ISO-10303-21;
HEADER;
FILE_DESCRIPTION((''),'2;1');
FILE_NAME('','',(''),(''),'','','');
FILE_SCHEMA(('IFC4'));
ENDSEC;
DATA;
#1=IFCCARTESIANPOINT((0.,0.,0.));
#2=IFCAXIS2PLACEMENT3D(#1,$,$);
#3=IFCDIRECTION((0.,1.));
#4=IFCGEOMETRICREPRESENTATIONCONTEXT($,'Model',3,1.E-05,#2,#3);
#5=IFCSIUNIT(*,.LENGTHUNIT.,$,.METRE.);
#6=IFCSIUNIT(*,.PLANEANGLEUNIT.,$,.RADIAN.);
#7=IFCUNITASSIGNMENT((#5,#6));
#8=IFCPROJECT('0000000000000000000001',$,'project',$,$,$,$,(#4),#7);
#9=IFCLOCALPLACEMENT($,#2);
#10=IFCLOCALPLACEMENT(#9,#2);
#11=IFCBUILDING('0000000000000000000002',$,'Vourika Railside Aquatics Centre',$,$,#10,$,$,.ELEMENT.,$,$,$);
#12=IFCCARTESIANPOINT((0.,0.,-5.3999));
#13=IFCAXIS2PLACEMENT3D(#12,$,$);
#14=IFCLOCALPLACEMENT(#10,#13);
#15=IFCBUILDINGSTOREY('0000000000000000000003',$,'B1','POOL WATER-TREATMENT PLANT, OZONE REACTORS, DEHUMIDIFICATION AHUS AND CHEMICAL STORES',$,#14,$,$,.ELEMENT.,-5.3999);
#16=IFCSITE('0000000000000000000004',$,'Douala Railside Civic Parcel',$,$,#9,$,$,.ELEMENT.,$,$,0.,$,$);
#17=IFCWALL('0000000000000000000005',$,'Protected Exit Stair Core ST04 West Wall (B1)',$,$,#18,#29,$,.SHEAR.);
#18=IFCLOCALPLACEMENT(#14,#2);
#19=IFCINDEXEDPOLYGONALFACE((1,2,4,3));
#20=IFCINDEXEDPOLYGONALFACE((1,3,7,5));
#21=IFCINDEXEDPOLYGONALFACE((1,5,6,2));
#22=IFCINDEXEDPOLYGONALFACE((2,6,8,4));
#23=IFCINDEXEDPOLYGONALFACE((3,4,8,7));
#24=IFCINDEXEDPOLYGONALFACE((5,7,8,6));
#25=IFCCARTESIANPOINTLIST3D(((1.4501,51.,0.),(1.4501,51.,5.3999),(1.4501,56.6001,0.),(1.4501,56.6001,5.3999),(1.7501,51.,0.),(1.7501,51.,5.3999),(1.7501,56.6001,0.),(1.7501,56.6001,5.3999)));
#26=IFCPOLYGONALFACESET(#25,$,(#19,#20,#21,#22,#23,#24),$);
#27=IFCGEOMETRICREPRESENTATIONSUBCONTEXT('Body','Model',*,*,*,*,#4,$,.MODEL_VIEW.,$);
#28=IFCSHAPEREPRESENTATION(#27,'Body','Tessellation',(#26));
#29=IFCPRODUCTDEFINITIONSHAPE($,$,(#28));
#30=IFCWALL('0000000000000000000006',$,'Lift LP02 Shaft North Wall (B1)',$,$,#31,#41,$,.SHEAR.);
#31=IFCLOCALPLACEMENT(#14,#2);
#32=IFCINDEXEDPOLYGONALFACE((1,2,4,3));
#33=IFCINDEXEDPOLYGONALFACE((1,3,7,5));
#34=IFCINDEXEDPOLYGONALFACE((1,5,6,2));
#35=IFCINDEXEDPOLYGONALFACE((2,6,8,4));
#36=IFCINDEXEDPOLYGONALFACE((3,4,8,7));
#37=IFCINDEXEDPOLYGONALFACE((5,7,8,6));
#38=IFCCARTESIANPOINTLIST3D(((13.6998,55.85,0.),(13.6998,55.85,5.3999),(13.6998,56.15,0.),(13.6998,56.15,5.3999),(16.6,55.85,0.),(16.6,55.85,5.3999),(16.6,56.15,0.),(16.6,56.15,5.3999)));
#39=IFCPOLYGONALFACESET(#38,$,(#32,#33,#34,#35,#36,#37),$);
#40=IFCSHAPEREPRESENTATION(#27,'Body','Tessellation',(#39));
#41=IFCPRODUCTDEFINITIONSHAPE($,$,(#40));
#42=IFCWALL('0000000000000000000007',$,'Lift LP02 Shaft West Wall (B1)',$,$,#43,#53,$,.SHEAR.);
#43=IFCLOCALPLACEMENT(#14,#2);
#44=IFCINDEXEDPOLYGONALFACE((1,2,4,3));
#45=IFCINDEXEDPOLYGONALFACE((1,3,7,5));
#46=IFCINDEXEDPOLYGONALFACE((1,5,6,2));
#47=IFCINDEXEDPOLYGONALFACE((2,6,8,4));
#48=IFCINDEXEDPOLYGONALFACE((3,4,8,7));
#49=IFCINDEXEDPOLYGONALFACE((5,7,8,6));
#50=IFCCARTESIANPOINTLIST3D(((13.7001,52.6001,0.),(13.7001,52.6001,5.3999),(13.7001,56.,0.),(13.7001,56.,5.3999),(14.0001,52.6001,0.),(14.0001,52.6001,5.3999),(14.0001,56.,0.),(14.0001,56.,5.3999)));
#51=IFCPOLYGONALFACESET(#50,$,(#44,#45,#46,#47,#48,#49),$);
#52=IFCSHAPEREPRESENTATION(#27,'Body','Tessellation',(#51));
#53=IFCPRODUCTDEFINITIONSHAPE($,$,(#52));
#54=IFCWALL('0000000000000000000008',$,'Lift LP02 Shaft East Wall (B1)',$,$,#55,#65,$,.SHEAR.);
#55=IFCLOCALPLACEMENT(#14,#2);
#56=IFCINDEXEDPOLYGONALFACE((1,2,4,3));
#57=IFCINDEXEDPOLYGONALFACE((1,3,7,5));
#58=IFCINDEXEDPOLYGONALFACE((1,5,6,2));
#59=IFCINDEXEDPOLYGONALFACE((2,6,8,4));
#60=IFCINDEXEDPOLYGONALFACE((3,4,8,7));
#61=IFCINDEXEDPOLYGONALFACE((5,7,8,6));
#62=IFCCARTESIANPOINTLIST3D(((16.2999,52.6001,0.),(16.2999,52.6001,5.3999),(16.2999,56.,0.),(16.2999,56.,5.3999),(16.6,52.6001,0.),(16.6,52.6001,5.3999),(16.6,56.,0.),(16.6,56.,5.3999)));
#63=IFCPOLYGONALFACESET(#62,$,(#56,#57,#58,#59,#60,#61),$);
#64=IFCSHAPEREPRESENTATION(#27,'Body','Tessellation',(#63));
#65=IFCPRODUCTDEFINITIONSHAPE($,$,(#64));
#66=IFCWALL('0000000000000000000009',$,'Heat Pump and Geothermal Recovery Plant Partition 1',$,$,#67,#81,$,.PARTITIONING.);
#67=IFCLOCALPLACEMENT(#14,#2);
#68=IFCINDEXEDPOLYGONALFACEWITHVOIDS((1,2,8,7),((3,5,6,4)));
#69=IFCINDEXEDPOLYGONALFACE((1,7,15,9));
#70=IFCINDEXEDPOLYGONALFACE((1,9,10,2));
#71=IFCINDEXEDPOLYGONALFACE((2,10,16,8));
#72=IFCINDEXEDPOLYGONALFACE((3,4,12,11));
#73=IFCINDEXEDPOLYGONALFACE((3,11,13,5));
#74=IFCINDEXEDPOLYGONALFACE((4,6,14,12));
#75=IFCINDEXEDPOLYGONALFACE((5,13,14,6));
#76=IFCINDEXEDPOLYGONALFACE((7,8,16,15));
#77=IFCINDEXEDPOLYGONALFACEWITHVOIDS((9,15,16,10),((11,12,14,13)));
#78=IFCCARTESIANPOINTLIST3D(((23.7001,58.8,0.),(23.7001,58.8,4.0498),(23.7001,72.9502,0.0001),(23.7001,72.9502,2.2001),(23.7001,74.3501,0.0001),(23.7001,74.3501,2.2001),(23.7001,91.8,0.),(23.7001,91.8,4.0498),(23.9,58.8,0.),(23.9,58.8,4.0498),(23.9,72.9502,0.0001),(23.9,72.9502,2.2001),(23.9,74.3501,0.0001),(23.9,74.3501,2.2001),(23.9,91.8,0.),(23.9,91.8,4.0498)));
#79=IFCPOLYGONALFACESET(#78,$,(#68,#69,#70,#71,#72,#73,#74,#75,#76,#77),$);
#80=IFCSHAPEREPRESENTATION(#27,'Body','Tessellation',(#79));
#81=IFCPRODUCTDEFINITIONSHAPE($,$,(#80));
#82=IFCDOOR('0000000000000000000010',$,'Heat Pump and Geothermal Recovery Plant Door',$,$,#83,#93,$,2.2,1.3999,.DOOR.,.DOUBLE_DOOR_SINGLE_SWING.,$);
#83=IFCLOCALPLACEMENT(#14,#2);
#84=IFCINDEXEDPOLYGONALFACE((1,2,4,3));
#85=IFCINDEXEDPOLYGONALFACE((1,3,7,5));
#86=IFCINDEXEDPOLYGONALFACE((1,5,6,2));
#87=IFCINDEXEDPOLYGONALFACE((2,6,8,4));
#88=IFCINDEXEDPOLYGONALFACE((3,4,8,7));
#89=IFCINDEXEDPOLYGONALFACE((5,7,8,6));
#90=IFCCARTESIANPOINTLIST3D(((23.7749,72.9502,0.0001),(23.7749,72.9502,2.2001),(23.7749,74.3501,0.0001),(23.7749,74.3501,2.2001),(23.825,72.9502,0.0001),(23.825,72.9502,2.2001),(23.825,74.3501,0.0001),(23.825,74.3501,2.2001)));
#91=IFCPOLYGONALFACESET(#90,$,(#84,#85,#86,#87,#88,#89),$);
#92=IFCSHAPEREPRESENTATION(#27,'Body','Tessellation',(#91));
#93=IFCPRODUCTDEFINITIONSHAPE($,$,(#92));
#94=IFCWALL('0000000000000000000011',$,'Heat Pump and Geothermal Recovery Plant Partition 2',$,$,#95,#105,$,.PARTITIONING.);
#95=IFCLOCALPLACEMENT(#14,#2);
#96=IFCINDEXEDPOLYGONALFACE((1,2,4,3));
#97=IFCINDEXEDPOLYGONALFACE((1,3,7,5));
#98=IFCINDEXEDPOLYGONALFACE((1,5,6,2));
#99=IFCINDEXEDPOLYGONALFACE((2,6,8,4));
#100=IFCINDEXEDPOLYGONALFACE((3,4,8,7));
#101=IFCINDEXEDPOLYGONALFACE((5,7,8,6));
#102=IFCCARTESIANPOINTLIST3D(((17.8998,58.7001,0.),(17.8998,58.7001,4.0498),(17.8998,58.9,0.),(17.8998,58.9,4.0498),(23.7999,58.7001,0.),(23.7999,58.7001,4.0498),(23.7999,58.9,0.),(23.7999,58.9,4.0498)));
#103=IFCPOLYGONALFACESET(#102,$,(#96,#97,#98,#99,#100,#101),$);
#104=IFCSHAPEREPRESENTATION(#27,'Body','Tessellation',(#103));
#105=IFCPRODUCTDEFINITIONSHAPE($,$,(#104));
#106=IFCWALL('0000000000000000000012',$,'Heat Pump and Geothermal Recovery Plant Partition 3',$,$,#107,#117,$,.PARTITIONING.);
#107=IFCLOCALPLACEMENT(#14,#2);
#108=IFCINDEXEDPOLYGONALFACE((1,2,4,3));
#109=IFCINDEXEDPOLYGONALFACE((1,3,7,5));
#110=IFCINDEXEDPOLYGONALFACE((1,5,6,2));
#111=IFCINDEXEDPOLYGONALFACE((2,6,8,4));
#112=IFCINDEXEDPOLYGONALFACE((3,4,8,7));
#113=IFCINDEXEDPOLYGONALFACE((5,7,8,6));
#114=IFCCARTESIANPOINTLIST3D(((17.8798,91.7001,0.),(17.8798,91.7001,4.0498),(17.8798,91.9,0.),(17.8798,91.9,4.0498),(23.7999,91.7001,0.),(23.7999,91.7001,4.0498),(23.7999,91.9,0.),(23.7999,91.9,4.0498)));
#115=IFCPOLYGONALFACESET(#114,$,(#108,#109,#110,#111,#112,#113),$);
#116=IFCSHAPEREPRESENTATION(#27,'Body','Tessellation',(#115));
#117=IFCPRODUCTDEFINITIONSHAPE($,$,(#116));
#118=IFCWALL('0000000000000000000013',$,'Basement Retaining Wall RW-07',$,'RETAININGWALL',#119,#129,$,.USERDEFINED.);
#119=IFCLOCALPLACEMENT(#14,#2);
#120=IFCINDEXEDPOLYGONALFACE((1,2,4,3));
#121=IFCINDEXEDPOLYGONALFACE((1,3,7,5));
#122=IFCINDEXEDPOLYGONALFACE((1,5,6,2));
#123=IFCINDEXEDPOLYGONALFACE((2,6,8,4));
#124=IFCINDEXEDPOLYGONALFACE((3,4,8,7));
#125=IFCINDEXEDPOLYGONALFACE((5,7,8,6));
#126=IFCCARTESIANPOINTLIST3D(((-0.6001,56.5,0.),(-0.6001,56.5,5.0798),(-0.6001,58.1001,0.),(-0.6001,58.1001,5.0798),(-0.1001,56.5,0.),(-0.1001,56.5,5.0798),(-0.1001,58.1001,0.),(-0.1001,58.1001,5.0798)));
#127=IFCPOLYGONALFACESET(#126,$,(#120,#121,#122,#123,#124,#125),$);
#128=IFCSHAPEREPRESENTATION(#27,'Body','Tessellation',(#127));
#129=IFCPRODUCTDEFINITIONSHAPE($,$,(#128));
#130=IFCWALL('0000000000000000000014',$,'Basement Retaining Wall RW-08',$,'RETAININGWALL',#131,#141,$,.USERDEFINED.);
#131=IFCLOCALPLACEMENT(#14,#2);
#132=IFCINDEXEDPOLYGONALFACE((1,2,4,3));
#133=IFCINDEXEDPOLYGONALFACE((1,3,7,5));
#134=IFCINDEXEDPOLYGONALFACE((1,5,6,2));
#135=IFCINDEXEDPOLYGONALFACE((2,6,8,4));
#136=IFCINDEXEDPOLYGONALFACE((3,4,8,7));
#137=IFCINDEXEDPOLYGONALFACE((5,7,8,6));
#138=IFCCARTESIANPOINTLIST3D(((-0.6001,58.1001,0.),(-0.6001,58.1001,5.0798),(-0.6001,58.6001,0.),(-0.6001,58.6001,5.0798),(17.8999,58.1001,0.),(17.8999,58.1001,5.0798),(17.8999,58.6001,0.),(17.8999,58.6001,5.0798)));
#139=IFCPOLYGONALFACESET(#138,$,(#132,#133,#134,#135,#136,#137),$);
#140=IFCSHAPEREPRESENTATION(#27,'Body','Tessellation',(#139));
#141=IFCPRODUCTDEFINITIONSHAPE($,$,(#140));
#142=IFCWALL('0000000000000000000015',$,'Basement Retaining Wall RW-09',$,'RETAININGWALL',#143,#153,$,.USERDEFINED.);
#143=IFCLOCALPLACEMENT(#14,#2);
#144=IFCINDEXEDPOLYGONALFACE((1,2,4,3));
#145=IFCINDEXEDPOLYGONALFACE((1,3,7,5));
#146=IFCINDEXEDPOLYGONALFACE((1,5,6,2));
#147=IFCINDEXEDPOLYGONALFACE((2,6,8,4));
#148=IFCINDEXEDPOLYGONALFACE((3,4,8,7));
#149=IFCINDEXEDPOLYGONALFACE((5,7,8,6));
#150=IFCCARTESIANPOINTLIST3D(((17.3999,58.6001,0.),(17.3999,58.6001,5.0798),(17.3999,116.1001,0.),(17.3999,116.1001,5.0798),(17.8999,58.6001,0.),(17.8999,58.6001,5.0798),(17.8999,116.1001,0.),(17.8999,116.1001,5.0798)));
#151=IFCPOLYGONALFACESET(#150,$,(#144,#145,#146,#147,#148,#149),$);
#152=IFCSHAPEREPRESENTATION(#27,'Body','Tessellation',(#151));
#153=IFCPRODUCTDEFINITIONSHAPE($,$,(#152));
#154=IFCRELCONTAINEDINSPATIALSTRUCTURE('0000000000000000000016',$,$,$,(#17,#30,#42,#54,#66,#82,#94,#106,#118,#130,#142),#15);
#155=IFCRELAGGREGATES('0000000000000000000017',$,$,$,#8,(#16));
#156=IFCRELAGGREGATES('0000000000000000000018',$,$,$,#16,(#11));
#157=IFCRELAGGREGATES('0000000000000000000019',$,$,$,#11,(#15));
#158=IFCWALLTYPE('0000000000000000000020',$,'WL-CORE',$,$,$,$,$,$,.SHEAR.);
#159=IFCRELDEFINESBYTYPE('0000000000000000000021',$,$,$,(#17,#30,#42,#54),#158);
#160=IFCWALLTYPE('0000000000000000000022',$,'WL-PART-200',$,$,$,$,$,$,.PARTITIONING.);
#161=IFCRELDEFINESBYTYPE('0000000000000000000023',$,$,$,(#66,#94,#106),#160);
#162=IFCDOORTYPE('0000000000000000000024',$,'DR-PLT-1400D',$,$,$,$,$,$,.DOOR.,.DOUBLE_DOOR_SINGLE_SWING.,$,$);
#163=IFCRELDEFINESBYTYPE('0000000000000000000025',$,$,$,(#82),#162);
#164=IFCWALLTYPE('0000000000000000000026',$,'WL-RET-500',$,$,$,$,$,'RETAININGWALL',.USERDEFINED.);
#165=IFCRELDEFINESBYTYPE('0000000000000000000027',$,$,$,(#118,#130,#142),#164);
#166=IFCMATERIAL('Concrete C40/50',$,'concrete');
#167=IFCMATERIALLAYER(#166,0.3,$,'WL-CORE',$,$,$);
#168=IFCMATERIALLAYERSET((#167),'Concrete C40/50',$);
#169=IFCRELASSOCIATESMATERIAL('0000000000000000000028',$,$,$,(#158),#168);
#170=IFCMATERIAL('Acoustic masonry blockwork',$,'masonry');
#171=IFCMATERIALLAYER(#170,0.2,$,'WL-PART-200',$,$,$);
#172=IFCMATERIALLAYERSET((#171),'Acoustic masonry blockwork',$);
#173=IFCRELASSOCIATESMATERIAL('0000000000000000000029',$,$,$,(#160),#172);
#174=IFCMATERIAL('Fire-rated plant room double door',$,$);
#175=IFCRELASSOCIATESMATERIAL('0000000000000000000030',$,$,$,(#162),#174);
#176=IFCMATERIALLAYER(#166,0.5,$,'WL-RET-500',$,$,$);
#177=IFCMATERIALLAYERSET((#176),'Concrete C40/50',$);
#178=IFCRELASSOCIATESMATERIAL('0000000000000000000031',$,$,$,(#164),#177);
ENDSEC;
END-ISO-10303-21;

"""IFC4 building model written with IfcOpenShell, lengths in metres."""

from ifc_helpers import new_model, si_unit, direction, frame, frame_2d, origin, place, context, subcontext, project, spatial, rectangle, extrude, material, layer, layer_set, type_object, element, fill, save


model = new_model("IFC4")

# Units and contexts
model_context = context("Model", 3, precision=1e-05, world=origin(), true_north=direction((0.0, 1.0)))
body_context = subcontext(model_context, "Body", "Model", "MODEL_VIEW")
ifc_project = project(units=[si_unit("LENGTHUNIT", "METRE"), si_unit("PLANEANGLEUNIT", "RADIAN")], contexts=[model_context])

# Site, building, storey
site_placement = place(None, origin())
site = spatial("IfcSite", under=ifc_project, at=site_placement, Name="Douala Railside Civic Parcel", CompositionType="ELEMENT", RefElevation=0.0)
building_placement = place(site_placement, origin())
building = spatial("IfcBuilding", under=site, at=building_placement, Name="Vourika Railside Aquatics Centre", CompositionType="ELEMENT")
storey_placement = place(building_placement, frame((0.0, 0.0, -5.3999)))
storey = spatial("IfcBuildingStorey", under=building, at=storey_placement, Name="B1", Description="POOL WATER-TREATMENT PLANT, OZONE REACTORS, DEHUMIDIFICATION AHUS AND CHEMICAL STORES", CompositionType="ELEMENT", Elevation=-5.3999)

# Shared definitions
ifc_material_1 = material(Name="Concrete C40/50", Category="concrete")

# Wall
ifc_layer_1 = layer(ifc_material_1, 0.3, Name="WL-CORE")
ifc_layer_set_1 = layer_set([ifc_layer_1], Name="Concrete C40/50")
wall_type_1 = type_object("IfcWallType", Name="WL-CORE", PredefinedType="SHEAR", material=ifc_layer_set_1)
wall_1_placement = place(storey_placement, frame((1.6001, 56.6001, 0.0), z_axis=(0.0, 0.0, 1.0), x_axis=(0.0, -1.0, 0.0)))
element("IfcWall", 1, at=wall_1_placement, inside=storey, type_object=wall_type_1, Name="Protected Exit Stair Core ST04 West Wall (B1)", PredefinedType="SHEAR", context=body_context, shape_type="SweptSolid", body=[
    extrude(rectangle(XDim=5.6001, YDim=0.3, at=frame_2d((2.8, 0.0))), origin(), (0.0, 0.0, 1.0), 5.3999),
])

# Walls
wall_2_placement = place(storey_placement, frame((16.6001, 56.0, 0.0), z_axis=(0.0, 0.0, 1.0), x_axis=(-1.0, 0.0, 0.0)))
element("IfcWall", 2, at=wall_2_placement, inside=storey, type_object=wall_type_1, Name="Lift LP02 Shaft North Wall (B1)", PredefinedType="SHEAR", context=body_context, shape_type="SweptSolid", body=[
    extrude(rectangle(XDim=2.9001, YDim=0.3, at=frame_2d((1.4502, 0.0))), origin(), (0.0, 0.0, 1.0), 5.3999),
])
for number, where, z_axis, x_axis, name in (
    (3, (13.8501, 56.0, 0.0), (0.0, 0.0, 1.0), (0.0, -1.0, 0.0), "Lift LP02 Shaft West Wall (B1)"),
    (4, (16.45, 52.6001, 0.0), (0.0, 0.0, 1.0), (0.0, 1.0, 0.0), "Lift LP02 Shaft East Wall (B1)"),
):
    element("IfcWall", number, at=place(storey_placement, frame(where, z_axis=z_axis, x_axis=x_axis)), inside=storey, type_object=wall_type_1, Name=name, PredefinedType="SHEAR", context=body_context, shape_type="SweptSolid", body=[
        extrude(rectangle(XDim=3.3999, YDim=0.3, at=frame_2d((1.7, 0.0))), origin(), (0.0, 0.0, 1.0), 5.3999),
    ])

# Wall, opening, door
ifc_material_2 = material(Name="Acoustic masonry blockwork", Category="masonry")
ifc_layer_2 = layer(ifc_material_2, 0.2, Name="WL-PART-200")
ifc_layer_set_2 = layer_set([ifc_layer_2], Name="Acoustic masonry blockwork")
wall_type_2 = type_object("IfcWallType", Name="WL-PART-200", PredefinedType="PARTITIONING", material=ifc_layer_set_2)
wall_3_placement = place(storey_placement, frame((23.8, 91.8, 0.0), z_axis=(0.0, 0.0, 1.0), x_axis=(0.0, -1.0, 0.0)))
wall_3 = element("IfcWall", 5, at=wall_3_placement, inside=storey, type_object=wall_type_2, Name="Heat Pump and Geothermal Recovery Plant Partition 1", PredefinedType="PARTITIONING", context=body_context, shape_type="SweptSolid", body=[
    extrude(rectangle(XDim=33.0, YDim=0.2, at=frame_2d((16.5, 0.0))), origin(), (0.0, 0.0, 1.0), 4.0498),
])
opening_1_placement = place(wall_3_placement, frame((17.45, 0.0, 0.0)))
opening_1 = element("IfcOpeningElement", 6, at=opening_1_placement, cuts=wall_3, PredefinedType="OPENING", context=body_context, shape_type="SweptSolid", body=[
    extrude(rectangle(XDim=1.3999, YDim=2.2, at=frame_2d((0.7, 1.1001))), frame((0.0, 0.1099, 0.0), z_axis=(0.0, -1.0, 0.0), x_axis=(1.0, 0.0, 0.0)), (0.0, 0.0, 1.0), 0.22),
])
ifc_material_3 = material(Name="Fire-rated plant room double door")
door_type_1 = type_object("IfcDoorType", Name="DR-PLT-1400D", OperationType="DOUBLE_DOOR_SINGLE_SWING", PredefinedType="DOOR", material=ifc_material_3)
door_1_placement = place(opening_1_placement, origin())
door_1 = element("IfcDoor", 7, at=door_1_placement, inside=storey, type_object=door_type_1, Name="Heat Pump and Geothermal Recovery Plant Door", OperationType="DOUBLE_DOOR_SINGLE_SWING", OverallHeight=2.2, OverallWidth=1.3999, PredefinedType="DOOR", context=body_context, shape_type="SweptSolid", body=[
    extrude(rectangle(XDim=1.3999, YDim=2.2, at=frame_2d((0.7, 1.1001))), frame((0.0, 0.0249, 0.0), z_axis=(0.0, -1.0, 0.0), x_axis=(1.0, 0.0, 0.0)), (0.0, 0.0, 1.0), 0.05),
])
fill(opening_1, door_1)

# Walls
wall_4_placement = place(storey_placement, frame((23.8, 58.8, 0.0), z_axis=(0.0, 0.0, 1.0), x_axis=(-1.0, 0.0, 0.0)))
element("IfcWall", 8, at=wall_4_placement, inside=storey, type_object=wall_type_2, Name="Heat Pump and Geothermal Recovery Plant Partition 2", PredefinedType="PARTITIONING", context=body_context, shape_type="SweptSolid", body=[
    extrude(rectangle(XDim=5.9001, YDim=0.2, at=frame_2d((2.9502, 0.0))), origin(), (0.0, 0.0, 1.0), 4.0498),
])
wall_5_placement = place(storey_placement, frame((17.8799, 91.8, 0.0), z_axis=(0.0, 0.0, 1.0), x_axis=(1.0, 0.0, 0.0)))
element("IfcWall", 9, at=wall_5_placement, inside=storey, type_object=wall_type_2, Name="Heat Pump and Geothermal Recovery Plant Partition 3", PredefinedType="PARTITIONING", context=body_context, shape_type="SweptSolid", body=[
    extrude(rectangle(XDim=5.9202, YDim=0.2, at=frame_2d((2.96, 0.0))), origin(), (0.0, 0.0, 1.0), 4.0498),
])
ifc_layer_3 = layer(ifc_material_1, 0.5, Name="WL-RET-500")
ifc_layer_set_3 = layer_set([ifc_layer_3], Name="Concrete C40/50")
wall_type_3 = type_object("IfcWallType", Name="WL-RET-500", ElementType="RETAININGWALL", PredefinedType="USERDEFINED", material=ifc_layer_set_3)
wall_6_placement = place(storey_placement, frame((-0.3501, 56.5, 0.0), z_axis=(0.0, 0.0, 1.0), x_axis=(0.0, 1.0, 0.0)))
element("IfcWall", 10, at=wall_6_placement, inside=storey, type_object=wall_type_3, Name="Basement Retaining Wall RW-07", ObjectType="RETAININGWALL", PredefinedType="USERDEFINED", context=body_context, shape_type="SweptSolid", body=[
    extrude(rectangle(XDim=1.6001, YDim=0.5, at=frame_2d((0.8, 0.0))), origin(), (0.0, 0.0, 1.0), 5.0798),
])
wall_7_placement = place(storey_placement, frame((-0.6001, 58.3501, 0.0), z_axis=(0.0, 0.0, 1.0), x_axis=(1.0, 0.0, 0.0)))
element("IfcWall", 11, at=wall_7_placement, inside=storey, type_object=wall_type_3, Name="Basement Retaining Wall RW-08", ObjectType="RETAININGWALL", PredefinedType="USERDEFINED", context=body_context, shape_type="SweptSolid", body=[
    extrude(rectangle(XDim=18.5, YDim=0.5, at=frame_2d((9.25, 0.0))), origin(), (0.0, 0.0, 1.0), 5.0798),
])
wall_8_placement = place(storey_placement, frame((17.6499, 58.6001, 0.0), z_axis=(0.0, 0.0, 1.0), x_axis=(0.0, 1.0, 0.0)))
element("IfcWall", 12, at=wall_8_placement, inside=storey, type_object=wall_type_3, Name="Basement Retaining Wall RW-09", ObjectType="RETAININGWALL", PredefinedType="USERDEFINED", context=body_context, shape_type="SweptSolid", body=[
    extrude(rectangle(XDim=57.5, YDim=0.5, at=frame_2d((28.75, 0.0))), origin(), (0.0, 0.0, 1.0), 5.0798),
])

save(model, "model.ifc")
